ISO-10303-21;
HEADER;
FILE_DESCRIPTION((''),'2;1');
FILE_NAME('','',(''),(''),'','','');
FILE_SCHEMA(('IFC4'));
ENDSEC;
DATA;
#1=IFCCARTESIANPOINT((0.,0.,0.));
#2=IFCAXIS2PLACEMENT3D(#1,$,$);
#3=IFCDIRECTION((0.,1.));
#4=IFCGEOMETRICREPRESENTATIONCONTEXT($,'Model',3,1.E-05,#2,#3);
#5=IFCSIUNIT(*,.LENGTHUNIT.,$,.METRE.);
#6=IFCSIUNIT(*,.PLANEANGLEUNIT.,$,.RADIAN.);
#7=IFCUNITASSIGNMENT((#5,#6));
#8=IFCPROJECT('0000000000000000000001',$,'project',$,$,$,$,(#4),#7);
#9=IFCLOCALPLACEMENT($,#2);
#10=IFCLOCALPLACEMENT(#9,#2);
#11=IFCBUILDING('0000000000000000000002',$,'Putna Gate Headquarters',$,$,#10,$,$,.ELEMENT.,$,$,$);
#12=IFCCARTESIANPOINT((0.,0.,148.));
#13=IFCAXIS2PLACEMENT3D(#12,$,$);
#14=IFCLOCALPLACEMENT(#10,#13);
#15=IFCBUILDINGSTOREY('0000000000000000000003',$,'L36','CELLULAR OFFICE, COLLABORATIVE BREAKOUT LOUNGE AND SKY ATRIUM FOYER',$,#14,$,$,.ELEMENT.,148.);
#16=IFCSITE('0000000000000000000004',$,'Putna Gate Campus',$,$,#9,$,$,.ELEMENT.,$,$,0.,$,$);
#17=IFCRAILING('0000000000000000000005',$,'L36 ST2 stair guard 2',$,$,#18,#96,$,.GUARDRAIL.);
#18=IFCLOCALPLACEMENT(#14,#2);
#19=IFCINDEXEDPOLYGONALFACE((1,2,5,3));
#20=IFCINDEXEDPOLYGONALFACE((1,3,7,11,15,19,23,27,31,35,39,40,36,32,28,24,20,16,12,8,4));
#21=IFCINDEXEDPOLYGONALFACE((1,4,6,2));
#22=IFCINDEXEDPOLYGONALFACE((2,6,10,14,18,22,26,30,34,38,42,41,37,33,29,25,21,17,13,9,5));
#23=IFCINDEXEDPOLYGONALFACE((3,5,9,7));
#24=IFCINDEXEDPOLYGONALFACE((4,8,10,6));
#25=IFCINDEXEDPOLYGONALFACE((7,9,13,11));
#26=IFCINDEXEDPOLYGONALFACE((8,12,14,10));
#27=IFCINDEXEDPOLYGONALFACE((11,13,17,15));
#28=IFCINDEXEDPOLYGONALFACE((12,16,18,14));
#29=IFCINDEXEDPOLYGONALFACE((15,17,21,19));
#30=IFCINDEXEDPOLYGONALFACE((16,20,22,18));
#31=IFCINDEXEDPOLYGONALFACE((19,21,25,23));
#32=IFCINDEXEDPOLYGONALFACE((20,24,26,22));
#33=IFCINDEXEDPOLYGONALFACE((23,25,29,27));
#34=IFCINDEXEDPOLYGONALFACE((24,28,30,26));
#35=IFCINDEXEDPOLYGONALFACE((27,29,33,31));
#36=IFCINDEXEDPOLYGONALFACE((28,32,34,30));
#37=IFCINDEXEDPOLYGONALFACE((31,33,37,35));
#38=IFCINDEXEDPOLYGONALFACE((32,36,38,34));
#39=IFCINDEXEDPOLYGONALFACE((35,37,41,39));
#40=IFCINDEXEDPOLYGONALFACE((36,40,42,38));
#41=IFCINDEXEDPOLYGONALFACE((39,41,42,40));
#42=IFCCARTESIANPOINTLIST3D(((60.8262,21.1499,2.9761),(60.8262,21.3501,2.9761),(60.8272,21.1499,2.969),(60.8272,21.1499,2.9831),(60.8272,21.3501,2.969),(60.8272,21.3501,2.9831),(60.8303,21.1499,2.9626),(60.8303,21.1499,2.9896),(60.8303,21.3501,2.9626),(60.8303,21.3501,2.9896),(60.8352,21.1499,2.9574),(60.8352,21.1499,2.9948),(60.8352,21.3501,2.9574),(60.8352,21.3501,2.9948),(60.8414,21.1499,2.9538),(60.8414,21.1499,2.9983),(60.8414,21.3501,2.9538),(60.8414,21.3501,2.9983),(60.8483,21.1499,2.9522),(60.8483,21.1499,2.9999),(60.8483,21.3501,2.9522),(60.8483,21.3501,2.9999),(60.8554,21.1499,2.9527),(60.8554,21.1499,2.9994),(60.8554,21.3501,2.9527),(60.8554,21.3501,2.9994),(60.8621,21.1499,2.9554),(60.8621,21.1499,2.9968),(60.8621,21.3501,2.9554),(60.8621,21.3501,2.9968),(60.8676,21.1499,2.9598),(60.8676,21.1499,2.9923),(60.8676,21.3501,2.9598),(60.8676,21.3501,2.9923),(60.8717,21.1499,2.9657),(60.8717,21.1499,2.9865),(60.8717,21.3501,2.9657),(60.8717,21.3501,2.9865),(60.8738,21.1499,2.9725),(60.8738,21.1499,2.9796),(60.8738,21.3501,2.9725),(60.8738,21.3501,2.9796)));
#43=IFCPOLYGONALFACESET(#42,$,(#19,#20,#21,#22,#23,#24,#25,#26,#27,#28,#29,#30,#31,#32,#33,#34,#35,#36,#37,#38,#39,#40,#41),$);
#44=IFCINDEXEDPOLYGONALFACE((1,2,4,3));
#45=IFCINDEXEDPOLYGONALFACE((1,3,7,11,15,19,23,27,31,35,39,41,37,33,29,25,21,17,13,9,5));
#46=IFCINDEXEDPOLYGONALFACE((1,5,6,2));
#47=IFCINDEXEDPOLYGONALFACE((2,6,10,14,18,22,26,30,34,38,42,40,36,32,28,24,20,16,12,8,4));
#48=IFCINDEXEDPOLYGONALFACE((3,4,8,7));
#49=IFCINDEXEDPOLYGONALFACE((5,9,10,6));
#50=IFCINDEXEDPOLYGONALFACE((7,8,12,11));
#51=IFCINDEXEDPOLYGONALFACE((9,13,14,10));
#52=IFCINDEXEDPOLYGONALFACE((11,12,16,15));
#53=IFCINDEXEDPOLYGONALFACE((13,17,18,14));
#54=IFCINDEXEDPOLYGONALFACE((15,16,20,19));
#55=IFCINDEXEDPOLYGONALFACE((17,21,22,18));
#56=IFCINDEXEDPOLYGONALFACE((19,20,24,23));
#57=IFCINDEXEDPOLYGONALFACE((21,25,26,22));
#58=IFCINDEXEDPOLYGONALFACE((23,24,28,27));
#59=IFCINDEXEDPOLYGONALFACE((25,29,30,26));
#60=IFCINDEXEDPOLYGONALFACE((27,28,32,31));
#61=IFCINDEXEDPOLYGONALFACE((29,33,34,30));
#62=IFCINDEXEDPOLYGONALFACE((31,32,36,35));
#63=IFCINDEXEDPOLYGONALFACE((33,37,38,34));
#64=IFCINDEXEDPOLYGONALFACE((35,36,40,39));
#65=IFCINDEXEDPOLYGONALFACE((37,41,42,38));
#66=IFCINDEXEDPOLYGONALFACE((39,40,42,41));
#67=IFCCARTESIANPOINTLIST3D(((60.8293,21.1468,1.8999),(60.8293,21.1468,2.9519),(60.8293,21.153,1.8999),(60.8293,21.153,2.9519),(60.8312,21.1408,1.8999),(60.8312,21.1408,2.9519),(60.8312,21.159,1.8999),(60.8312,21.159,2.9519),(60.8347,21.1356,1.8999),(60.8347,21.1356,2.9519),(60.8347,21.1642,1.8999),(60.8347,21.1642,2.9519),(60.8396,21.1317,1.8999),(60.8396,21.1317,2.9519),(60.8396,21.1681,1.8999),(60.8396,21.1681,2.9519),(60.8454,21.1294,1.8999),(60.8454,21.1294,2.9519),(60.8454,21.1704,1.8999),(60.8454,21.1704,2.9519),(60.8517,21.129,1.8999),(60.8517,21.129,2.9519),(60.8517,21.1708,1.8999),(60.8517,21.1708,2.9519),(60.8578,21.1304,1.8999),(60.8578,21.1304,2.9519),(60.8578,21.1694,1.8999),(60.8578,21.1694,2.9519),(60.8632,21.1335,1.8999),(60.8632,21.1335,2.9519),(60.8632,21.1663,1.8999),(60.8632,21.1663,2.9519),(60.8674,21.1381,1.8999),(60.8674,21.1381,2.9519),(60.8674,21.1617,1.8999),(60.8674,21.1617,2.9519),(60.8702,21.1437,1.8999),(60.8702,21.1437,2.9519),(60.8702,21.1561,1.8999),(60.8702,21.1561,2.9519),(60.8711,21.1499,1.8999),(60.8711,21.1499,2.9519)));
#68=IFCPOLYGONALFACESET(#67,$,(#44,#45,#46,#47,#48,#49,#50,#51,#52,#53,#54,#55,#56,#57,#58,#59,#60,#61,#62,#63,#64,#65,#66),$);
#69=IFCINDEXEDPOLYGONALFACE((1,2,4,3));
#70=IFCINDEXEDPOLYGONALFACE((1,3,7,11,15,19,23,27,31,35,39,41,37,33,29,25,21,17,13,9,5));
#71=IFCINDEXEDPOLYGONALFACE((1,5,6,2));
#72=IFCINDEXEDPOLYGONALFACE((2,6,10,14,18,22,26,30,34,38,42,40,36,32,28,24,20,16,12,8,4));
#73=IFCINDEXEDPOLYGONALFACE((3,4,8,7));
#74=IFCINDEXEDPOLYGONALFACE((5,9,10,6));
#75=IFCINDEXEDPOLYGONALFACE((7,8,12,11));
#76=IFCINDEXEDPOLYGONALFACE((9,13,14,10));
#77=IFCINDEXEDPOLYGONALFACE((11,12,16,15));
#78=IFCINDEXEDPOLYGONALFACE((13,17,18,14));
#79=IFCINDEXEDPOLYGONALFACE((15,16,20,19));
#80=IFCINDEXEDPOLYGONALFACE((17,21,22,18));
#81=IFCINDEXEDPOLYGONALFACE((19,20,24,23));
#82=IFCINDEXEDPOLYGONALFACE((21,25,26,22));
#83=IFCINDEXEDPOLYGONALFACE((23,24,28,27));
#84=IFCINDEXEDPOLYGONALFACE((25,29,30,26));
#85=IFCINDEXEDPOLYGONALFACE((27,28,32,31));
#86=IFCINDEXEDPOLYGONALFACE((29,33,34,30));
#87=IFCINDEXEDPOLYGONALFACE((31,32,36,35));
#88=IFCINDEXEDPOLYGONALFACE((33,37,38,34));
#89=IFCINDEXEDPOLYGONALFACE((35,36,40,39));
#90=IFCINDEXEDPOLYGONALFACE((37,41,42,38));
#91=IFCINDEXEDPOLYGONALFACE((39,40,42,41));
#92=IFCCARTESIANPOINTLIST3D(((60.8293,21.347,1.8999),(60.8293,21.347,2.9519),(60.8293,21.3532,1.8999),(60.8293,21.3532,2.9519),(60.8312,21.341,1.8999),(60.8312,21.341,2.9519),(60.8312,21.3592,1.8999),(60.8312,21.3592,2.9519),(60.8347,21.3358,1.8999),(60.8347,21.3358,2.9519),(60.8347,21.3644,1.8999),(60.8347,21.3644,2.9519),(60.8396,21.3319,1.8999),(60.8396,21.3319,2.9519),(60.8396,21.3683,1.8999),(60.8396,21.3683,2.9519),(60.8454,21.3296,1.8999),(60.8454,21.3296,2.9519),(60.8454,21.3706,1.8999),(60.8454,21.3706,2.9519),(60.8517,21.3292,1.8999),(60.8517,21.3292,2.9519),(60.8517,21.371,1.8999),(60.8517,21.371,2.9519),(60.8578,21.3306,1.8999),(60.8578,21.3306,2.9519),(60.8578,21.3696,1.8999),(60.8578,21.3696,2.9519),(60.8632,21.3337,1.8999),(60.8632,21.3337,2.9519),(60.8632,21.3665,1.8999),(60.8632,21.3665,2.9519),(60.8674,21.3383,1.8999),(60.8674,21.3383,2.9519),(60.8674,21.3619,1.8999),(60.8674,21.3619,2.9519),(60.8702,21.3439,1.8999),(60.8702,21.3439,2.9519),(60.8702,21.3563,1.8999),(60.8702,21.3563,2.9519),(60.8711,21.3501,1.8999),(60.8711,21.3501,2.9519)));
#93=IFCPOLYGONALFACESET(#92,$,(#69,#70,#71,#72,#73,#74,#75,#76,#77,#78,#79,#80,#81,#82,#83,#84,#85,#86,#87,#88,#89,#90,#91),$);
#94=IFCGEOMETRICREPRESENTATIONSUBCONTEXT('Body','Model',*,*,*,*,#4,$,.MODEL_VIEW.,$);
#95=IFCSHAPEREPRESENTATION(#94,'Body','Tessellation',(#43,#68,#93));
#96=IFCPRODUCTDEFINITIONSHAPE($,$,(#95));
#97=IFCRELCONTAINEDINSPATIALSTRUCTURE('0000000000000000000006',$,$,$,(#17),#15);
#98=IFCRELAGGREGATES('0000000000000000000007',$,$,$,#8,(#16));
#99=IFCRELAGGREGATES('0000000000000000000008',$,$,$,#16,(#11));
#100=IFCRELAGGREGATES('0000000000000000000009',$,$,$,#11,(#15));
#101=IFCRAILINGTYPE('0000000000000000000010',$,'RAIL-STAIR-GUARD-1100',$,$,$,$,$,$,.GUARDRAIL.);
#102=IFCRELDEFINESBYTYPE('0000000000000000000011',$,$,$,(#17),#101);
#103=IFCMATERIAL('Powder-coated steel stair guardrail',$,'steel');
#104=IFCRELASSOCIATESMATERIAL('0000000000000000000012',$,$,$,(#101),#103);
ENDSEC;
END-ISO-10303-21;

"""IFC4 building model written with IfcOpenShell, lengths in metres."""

from ifc_helpers import new_model, si_unit, direction, frame, origin, origin_2d, place, context, subcontext, project, spatial, circle, extrude, material, type_object, element, save


model = new_model("IFC4")

# Units and contexts
model_context = context("Model", 3, precision=1e-05, world=origin(), true_north=direction((0.0, 1.0)))
body_context = subcontext(model_context, "Body", "Model", "MODEL_VIEW")
ifc_project = project(units=[si_unit("LENGTHUNIT", "METRE"), si_unit("PLANEANGLEUNIT", "RADIAN")], contexts=[model_context])

# Site, building, storey
site_placement = place(None, origin())
site = spatial("IfcSite", under=ifc_project, at=site_placement, Name="Putna Gate Campus", CompositionType="ELEMENT", RefElevation=0.0)
building_placement = place(site_placement, origin())
building = spatial("IfcBuilding", under=site, at=building_placement, Name="Putna Gate Headquarters", CompositionType="ELEMENT")
storey_placement = place(building_placement, frame((0.0, 0.0, 148.0)))
storey = spatial("IfcBuildingStorey", under=building, at=storey_placement, Name="L36", Description="CELLULAR OFFICE, COLLABORATIVE BREAKOUT LOUNGE AND SKY ATRIUM FOYER", CompositionType="ELEMENT", Elevation=148.0)

# Railing
ifc_material_1 = material(Name="Powder-coated steel stair guardrail", Category="steel")
railing_type_1 = type_object("IfcRailingType", Name="RAIL-STAIR-GUARD-1100", PredefinedType="GUARDRAIL", material=ifc_material_1)
railing_1_placement = place(storey_placement, frame((60.8501, 21.1499, 1.8999)))
element("IfcRailing", 1, at=railing_1_placement, inside=storey, type_object=railing_type_1, Name="L36 ST2 stair guard 2", PredefinedType="GUARDRAIL", context=body_context, shape_type="SweptSolid", body=[
    extrude(circle(Radius=0.0239, at=origin_2d()), frame((0.0, 0.0, 1.0762), z_axis=(0.0, 1.0, 0.0), x_axis=(-1.0, 0.0, 0.0)), (0.0, 0.0, 1.0), 0.2002),
    extrude(circle(Radius=0.021, at=origin_2d()), origin(), (0.0, 0.0, 1.0), 1.052),
    extrude(circle(Radius=0.021, at=origin_2d()), frame((0.0, 0.2002, 0.0)), (0.0, 0.0, 1.0), 1.052),
])

save(model, "model.ifc")
